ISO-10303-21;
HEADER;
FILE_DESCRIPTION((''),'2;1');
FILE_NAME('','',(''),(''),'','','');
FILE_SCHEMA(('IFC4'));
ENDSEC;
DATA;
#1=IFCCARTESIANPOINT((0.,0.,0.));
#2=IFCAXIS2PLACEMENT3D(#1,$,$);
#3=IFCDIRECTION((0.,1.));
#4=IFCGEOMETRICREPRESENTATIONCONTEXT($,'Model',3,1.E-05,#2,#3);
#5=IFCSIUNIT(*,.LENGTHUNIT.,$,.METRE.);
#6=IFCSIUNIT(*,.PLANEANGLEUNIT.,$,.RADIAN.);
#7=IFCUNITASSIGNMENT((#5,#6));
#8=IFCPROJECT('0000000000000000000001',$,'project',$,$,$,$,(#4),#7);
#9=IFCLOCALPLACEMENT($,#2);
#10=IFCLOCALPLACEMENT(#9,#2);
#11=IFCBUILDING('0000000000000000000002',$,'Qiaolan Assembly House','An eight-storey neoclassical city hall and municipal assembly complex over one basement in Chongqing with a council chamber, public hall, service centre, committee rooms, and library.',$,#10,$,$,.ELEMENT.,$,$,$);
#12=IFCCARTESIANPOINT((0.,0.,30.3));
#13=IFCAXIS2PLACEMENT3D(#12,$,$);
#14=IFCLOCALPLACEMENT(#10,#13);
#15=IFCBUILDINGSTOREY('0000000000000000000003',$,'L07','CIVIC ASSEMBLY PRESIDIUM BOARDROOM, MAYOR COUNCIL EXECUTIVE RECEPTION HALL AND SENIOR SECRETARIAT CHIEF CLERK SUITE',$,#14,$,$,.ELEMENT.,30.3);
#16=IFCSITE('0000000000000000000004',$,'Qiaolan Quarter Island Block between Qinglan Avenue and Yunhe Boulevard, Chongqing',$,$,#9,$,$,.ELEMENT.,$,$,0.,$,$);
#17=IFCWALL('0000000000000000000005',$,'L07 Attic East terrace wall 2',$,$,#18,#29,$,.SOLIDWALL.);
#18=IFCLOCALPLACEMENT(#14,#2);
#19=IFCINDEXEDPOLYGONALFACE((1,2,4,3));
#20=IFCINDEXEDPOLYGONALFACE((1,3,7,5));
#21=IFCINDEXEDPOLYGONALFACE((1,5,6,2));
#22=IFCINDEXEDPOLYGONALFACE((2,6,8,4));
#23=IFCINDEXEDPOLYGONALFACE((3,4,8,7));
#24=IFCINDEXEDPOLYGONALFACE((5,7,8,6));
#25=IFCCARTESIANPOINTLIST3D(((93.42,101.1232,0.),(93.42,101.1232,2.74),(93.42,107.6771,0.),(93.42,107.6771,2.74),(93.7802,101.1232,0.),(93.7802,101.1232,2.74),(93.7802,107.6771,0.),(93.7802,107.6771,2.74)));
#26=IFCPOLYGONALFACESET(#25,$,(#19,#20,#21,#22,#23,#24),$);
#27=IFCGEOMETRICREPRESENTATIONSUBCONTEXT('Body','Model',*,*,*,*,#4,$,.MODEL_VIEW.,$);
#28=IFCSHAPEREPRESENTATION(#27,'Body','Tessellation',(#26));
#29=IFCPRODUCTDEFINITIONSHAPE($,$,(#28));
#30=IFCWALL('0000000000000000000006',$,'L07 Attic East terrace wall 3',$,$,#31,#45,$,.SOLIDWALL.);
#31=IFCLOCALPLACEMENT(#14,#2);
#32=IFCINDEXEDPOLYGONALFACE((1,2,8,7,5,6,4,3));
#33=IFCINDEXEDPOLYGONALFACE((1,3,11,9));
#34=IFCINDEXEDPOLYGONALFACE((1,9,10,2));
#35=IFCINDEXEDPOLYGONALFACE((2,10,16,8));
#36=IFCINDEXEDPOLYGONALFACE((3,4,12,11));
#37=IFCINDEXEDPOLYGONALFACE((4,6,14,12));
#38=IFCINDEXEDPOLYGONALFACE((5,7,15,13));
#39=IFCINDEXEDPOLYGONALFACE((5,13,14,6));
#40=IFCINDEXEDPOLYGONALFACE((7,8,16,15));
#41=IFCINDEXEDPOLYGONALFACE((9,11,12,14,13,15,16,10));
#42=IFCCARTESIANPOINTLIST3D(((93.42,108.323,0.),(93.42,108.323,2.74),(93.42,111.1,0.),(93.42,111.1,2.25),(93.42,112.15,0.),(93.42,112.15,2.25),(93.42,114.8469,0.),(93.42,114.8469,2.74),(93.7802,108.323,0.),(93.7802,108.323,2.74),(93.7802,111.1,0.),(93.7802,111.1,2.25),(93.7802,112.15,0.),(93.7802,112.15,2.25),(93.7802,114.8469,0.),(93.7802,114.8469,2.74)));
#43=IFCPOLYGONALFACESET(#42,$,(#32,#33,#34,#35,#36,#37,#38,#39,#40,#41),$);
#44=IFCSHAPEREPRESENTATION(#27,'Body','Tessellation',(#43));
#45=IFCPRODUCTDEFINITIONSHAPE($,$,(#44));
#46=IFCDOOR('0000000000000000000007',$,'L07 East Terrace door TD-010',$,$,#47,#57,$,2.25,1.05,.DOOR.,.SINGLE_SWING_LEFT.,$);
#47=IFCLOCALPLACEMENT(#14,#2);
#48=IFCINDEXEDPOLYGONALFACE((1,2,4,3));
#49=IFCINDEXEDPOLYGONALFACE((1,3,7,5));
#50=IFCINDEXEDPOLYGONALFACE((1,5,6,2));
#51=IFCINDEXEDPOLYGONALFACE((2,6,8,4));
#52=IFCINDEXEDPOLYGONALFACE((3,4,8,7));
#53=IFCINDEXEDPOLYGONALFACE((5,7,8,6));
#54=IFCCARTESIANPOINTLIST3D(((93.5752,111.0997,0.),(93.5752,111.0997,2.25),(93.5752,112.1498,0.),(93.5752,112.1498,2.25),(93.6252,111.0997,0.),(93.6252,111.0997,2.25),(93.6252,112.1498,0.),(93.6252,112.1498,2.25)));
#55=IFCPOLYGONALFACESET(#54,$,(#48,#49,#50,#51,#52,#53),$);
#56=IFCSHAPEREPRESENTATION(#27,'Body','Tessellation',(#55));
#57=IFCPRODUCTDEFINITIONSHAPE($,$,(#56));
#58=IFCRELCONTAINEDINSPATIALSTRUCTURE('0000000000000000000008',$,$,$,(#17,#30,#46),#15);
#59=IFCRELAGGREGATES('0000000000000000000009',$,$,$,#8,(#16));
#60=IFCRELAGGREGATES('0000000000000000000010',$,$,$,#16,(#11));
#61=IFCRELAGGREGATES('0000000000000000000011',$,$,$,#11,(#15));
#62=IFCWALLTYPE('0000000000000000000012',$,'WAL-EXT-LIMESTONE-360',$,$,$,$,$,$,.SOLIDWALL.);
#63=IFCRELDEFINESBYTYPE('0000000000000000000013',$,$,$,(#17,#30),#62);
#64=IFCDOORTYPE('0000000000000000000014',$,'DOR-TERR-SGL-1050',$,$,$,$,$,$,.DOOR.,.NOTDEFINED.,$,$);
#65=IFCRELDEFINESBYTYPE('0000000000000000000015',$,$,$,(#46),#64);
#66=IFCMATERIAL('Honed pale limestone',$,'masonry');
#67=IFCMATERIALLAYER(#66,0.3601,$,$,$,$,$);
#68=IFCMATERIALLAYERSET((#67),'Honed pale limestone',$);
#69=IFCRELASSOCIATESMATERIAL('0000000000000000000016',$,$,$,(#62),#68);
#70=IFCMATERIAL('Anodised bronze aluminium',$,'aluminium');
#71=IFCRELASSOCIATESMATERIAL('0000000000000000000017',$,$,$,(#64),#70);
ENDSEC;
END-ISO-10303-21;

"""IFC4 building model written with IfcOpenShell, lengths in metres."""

from ifc_helpers import new_model, si_unit, direction, frame, frame_2d, origin, place, context, subcontext, project, spatial, rectangle, extrude, material, layer, layer_set, type_object, element, fill, save


model = new_model("IFC4")

# Units and contexts
model_context = context("Model", 3, precision=1e-05, world=origin(), true_north=direction((0.0, 1.0)))
body_context = subcontext(model_context, "Body", "Model", "MODEL_VIEW")
ifc_project = project(units=[si_unit("LENGTHUNIT", "METRE"), si_unit("PLANEANGLEUNIT", "RADIAN")], contexts=[model_context])

# Site, building, storey
site_placement = place(None, origin())
site = spatial("IfcSite", under=ifc_project, at=site_placement, Name="Qiaolan Quarter Island Block between Qinglan Avenue and Yunhe Boulevard, Chongqing", CompositionType="ELEMENT", RefElevation=0.0)
building_placement = place(site_placement, origin())
building = spatial("IfcBuilding", under=site, at=building_placement, Name="Qiaolan Assembly House", Description="An eight-storey neoclassical city hall and municipal assembly complex over one basement in Chongqing with a council chamber, public hall, service centre, committee rooms, and library.", CompositionType="ELEMENT")
storey_placement = place(building_placement, frame((0.0, 0.0, 30.3)))
storey = spatial("IfcBuildingStorey", under=building, at=storey_placement, Name="L07", Description="CIVIC ASSEMBLY PRESIDIUM BOARDROOM, MAYOR COUNCIL EXECUTIVE RECEPTION HALL AND SENIOR SECRETARIAT CHIEF CLERK SUITE", CompositionType="ELEMENT", Elevation=30.3)

# Shared definitions
ifc_material_1 = material(Name="Anodised bronze aluminium", Category="aluminium")

# Wall
ifc_material_2 = material(Name="Honed pale limestone", Category="masonry")
ifc_layer_1 = layer(ifc_material_2, 0.3601)
ifc_layer_set_1 = layer_set([ifc_layer_1], Name="Honed pale limestone")
wall_type = type_object("IfcWallType", Name="WAL-EXT-LIMESTONE-360", PredefinedType="SOLIDWALL", material=ifc_layer_set_1)
wall_1_placement = place(storey_placement, frame((93.6001, 107.677, 0.0), z_axis=(0.0, 0.0, 1.0), x_axis=(0.0, -1.0, 0.0)))
element("IfcWall", 1, at=wall_1_placement, inside=storey, type_object=wall_type, Name="L07 Attic East terrace wall 2", PredefinedType="SOLIDWALL", context=body_context, shape_type="SweptSolid", body=[
    extrude(rectangle(XDim=6.554, YDim=0.3601, at=frame_2d((3.2769, 0.0))), origin(), (0.0, 0.0, 1.0), 2.74),
])

# Wall, opening, door
wall_2_placement = place(storey_placement, frame((93.6001, 114.8469, 0.0), z_axis=(0.0, 0.0, 1.0), x_axis=(0.0, -1.0, 0.0)))
wall_2 = element("IfcWall", 2, at=wall_2_placement, inside=storey, type_object=wall_type, Name="L07 Attic East terrace wall 3", PredefinedType="SOLIDWALL", context=body_context, shape_type="SweptSolid", body=[
    extrude(rectangle(XDim=6.5239, YDim=0.3601, at=frame_2d((3.262, 0.0))), origin(), (0.0, 0.0, 1.0), 2.74),
])
opening_placement = place(wall_2_placement, frame((2.697, 0.0, 0.0)))
opening = element("IfcOpeningElement", 3, at=opening_placement, cuts=wall_2, PredefinedType="OPENING", context=body_context, shape_type="SweptSolid", body=[
    extrude(rectangle(XDim=1.05, YDim=2.25, at=frame_2d((0.5249, 1.125))), frame((0.0, 0.1899, 0.0), z_axis=(0.0, -1.0, 0.0), x_axis=(1.0, 0.0, 0.0)), (0.0, 0.0, 1.0), 0.3801),
])
door_type = type_object("IfcDoorType", Name="DOR-TERR-SGL-1050", OperationType="NOTDEFINED", PredefinedType="DOOR", material=ifc_material_1)
door_placement = place(opening_placement, frame((1.05, 0.0, 0.0), z_axis=(0.0, 0.0, 1.0), x_axis=(-1.0, 0.0, 0.0)))
door = element("IfcDoor", 4, at=door_placement, inside=storey, type_object=door_type, Name="L07 East Terrace door TD-010", OperationType="SINGLE_SWING_LEFT", OverallHeight=2.25, OverallWidth=1.05, PredefinedType="DOOR", context=body_context, shape_type="SweptSolid", body=[
    extrude(rectangle(XDim=1.05, YDim=2.25, at=frame_2d((0.5249, 1.125))), frame((0.0, 0.0249, 0.0), z_axis=(0.0, -1.0, 0.0), x_axis=(1.0, 0.0, 0.0)), (0.0, 0.0, 1.0), 0.05),
])
fill(opening, door)

save(model, "model.ifc")
